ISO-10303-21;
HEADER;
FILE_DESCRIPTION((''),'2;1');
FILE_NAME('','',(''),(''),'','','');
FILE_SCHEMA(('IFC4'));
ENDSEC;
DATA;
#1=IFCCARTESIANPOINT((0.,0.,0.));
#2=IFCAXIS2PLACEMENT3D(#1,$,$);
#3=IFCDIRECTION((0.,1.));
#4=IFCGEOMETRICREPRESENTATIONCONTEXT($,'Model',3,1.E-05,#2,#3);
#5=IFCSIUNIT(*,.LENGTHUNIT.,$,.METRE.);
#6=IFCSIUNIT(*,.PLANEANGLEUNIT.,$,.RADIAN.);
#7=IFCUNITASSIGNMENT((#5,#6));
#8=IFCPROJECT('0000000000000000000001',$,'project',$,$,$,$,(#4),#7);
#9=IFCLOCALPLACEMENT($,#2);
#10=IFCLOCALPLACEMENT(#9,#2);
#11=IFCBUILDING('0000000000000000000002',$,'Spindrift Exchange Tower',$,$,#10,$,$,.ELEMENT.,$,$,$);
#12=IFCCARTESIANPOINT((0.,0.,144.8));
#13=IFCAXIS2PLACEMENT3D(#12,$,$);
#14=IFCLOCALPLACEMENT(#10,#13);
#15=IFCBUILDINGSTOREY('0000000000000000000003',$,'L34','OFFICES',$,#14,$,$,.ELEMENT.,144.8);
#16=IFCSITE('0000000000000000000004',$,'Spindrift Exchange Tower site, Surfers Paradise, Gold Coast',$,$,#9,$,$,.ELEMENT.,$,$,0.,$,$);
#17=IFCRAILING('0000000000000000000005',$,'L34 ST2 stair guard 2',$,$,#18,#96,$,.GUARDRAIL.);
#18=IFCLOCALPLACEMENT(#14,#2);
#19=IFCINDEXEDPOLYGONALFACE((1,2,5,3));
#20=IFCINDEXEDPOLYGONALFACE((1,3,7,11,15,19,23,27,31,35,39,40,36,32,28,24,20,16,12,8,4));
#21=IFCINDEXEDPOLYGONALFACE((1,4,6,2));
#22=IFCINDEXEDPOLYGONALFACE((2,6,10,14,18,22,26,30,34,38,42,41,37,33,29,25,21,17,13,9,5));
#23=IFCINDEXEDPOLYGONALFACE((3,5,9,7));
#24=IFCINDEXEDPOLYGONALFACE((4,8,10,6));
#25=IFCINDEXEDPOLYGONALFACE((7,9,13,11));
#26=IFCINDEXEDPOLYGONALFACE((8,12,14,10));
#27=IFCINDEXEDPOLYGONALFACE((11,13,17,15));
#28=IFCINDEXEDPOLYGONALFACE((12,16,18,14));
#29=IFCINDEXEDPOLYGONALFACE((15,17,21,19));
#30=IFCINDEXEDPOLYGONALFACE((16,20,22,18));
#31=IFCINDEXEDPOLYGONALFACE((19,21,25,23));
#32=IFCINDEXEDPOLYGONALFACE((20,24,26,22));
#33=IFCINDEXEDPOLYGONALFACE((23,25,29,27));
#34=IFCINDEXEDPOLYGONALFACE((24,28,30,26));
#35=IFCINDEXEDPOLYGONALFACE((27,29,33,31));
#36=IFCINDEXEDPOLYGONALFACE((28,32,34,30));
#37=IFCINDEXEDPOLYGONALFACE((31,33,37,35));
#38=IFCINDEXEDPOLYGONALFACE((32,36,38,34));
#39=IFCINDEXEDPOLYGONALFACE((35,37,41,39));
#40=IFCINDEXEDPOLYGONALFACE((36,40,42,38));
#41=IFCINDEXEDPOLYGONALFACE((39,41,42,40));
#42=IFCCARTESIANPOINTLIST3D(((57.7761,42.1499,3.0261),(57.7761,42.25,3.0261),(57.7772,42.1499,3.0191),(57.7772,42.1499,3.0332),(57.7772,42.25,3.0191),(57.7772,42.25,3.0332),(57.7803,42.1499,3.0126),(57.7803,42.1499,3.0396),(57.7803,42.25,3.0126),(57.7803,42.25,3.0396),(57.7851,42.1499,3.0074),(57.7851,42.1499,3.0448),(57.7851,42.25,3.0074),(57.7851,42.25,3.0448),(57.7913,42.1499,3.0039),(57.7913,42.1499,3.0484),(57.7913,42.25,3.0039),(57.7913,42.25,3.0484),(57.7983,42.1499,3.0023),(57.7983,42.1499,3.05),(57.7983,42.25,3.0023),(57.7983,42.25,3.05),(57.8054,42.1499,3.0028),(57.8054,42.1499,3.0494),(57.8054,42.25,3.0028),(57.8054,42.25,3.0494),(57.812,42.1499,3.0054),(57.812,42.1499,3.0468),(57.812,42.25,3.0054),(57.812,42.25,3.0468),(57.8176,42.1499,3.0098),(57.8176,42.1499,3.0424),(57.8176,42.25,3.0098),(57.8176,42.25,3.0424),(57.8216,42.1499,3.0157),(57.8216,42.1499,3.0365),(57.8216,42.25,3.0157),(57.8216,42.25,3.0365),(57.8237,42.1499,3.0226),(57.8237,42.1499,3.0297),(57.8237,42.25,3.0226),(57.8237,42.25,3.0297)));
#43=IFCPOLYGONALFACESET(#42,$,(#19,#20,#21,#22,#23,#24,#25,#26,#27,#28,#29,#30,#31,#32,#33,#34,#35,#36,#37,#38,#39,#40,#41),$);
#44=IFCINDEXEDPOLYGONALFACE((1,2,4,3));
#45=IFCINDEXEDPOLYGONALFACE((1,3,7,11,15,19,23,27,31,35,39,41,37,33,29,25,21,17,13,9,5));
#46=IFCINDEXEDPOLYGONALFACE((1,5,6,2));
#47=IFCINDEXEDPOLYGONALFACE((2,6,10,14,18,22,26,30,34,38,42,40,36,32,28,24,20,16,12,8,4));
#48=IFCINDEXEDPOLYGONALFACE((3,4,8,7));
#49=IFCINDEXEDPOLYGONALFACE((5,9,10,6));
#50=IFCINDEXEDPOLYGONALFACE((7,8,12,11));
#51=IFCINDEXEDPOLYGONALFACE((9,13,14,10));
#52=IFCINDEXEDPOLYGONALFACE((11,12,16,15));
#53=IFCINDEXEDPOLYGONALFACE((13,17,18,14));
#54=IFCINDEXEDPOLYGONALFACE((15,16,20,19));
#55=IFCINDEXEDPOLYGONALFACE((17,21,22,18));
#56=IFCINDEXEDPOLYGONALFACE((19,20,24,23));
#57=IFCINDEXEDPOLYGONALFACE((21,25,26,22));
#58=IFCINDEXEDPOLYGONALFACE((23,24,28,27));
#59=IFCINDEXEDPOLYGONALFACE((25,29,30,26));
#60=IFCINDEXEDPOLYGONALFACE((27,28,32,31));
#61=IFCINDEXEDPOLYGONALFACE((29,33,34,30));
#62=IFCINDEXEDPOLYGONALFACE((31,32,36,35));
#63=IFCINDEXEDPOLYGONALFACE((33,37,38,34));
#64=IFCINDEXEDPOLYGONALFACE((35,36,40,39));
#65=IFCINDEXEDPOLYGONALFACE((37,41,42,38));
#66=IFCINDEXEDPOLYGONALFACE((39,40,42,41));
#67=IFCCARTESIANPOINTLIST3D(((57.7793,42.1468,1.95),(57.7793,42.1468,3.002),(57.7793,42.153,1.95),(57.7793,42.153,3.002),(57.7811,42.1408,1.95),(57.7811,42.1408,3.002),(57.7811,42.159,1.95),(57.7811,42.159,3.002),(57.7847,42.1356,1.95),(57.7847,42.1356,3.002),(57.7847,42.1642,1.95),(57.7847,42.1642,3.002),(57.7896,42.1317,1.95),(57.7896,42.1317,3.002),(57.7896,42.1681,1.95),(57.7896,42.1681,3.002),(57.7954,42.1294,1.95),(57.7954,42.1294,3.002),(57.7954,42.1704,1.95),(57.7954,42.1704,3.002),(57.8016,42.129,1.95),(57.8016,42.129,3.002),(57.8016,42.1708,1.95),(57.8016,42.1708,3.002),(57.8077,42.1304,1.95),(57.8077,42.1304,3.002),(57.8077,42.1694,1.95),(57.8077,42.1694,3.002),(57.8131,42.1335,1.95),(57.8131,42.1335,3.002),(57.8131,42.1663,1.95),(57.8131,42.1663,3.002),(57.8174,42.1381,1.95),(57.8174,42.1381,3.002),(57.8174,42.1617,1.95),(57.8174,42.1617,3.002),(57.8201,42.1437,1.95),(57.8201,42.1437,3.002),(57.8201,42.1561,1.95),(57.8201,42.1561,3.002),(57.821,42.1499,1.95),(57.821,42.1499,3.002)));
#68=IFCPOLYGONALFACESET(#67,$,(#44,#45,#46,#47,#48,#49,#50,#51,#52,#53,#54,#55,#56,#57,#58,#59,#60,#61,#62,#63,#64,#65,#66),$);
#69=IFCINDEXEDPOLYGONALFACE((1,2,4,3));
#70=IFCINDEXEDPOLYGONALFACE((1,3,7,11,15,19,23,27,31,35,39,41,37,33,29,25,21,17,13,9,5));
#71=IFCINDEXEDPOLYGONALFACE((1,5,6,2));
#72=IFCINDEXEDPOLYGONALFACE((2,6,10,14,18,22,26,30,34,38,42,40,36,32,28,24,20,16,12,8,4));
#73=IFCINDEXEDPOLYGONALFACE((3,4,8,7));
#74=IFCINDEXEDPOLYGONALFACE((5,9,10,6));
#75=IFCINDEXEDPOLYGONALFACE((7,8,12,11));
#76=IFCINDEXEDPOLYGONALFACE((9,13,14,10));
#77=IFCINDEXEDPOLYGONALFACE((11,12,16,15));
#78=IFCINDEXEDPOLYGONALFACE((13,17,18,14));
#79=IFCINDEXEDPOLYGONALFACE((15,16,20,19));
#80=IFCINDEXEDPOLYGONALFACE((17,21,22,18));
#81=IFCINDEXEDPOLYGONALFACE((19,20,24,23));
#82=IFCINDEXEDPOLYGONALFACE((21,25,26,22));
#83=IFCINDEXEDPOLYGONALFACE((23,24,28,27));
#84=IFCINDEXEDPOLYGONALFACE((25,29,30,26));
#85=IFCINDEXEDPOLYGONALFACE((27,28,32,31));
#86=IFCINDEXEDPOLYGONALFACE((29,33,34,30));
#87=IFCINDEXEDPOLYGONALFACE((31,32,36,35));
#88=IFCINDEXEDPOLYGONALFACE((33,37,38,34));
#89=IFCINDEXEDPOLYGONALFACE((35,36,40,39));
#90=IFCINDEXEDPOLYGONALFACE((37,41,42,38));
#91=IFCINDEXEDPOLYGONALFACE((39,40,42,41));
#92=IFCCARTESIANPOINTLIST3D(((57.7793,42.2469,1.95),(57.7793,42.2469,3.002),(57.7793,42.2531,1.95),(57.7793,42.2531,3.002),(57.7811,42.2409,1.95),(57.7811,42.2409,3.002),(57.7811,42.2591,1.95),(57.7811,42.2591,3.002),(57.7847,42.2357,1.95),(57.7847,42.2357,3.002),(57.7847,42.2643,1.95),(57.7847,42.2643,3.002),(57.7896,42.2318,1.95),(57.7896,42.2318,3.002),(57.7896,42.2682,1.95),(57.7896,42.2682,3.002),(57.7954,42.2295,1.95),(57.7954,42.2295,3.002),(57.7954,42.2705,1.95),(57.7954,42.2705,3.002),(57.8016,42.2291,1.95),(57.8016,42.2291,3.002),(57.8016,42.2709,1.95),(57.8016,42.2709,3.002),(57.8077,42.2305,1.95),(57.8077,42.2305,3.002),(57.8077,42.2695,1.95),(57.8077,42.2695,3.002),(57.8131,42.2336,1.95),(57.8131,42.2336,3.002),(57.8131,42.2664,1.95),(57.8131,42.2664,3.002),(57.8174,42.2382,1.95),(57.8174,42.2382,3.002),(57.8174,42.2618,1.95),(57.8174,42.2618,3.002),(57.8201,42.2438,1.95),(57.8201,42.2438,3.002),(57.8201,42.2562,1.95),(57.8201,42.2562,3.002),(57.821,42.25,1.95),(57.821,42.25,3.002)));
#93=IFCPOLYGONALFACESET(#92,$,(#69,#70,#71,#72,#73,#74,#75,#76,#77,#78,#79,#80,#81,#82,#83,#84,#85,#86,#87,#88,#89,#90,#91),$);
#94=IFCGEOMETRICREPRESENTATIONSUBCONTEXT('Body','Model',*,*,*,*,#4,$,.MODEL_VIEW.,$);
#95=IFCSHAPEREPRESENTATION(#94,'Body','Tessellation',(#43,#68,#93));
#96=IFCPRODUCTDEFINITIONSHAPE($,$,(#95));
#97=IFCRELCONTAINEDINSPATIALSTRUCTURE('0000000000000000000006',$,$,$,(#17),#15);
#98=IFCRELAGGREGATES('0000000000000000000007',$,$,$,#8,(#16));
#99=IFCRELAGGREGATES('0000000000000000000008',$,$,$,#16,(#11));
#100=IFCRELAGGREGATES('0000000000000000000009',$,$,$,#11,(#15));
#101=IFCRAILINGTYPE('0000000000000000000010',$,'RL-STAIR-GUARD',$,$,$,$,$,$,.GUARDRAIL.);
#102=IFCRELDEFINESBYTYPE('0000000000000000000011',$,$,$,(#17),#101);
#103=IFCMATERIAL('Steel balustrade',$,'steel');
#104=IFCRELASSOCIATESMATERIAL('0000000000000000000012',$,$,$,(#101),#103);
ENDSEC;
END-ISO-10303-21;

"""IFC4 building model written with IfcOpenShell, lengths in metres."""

from ifc_helpers import new_model, si_unit, direction, frame, origin, origin_2d, place, context, subcontext, project, spatial, circle, extrude, material, type_object, element, save


model = new_model("IFC4")

# Units and contexts
model_context = context("Model", 3, precision=1e-05, world=origin(), true_north=direction((0.0, 1.0)))
body_context = subcontext(model_context, "Body", "Model", "MODEL_VIEW")
ifc_project = project(units=[si_unit("LENGTHUNIT", "METRE"), si_unit("PLANEANGLEUNIT", "RADIAN")], contexts=[model_context])

# Site, building, storey
site_placement = place(None, origin())
site = spatial("IfcSite", under=ifc_project, at=site_placement, Name="Spindrift Exchange Tower site, Surfers Paradise, Gold Coast", CompositionType="ELEMENT", RefElevation=0.0)
building_placement = place(site_placement, origin())
building = spatial("IfcBuilding", under=site, at=building_placement, Name="Spindrift Exchange Tower", CompositionType="ELEMENT")
storey_placement = place(building_placement, frame((0.0, 0.0, 144.8)))
storey = spatial("IfcBuildingStorey", under=building, at=storey_placement, Name="L34", Description="OFFICES", CompositionType="ELEMENT", Elevation=144.8)

# Railing
ifc_material_1 = material(Name="Steel balustrade", Category="steel")
railing_type_1 = type_object("IfcRailingType", Name="RL-STAIR-GUARD", PredefinedType="GUARDRAIL", material=ifc_material_1)
railing_1_placement = place(storey_placement, frame((57.8, 42.1499, 1.95)))
element("IfcRailing", 1, at=railing_1_placement, inside=storey, type_object=railing_type_1, Name="L34 ST2 stair guard 2", PredefinedType="GUARDRAIL", context=body_context, shape_type="SweptSolid", body=[
    extrude(circle(Radius=0.0239, at=origin_2d()), frame((0.0, 0.0, 1.0762), z_axis=(0.0, 1.0, 0.0), x_axis=(-1.0, 0.0, 0.0)), (0.0, 0.0, 1.0), 0.1001),
    extrude(circle(Radius=0.021, at=origin_2d()), origin(), (0.0, 0.0, 1.0), 1.052),
    extrude(circle(Radius=0.021, at=origin_2d()), frame((0.0, 0.1001, 0.0)), (0.0, 0.0, 1.0), 1.052),
])

save(model, "model.ifc")
